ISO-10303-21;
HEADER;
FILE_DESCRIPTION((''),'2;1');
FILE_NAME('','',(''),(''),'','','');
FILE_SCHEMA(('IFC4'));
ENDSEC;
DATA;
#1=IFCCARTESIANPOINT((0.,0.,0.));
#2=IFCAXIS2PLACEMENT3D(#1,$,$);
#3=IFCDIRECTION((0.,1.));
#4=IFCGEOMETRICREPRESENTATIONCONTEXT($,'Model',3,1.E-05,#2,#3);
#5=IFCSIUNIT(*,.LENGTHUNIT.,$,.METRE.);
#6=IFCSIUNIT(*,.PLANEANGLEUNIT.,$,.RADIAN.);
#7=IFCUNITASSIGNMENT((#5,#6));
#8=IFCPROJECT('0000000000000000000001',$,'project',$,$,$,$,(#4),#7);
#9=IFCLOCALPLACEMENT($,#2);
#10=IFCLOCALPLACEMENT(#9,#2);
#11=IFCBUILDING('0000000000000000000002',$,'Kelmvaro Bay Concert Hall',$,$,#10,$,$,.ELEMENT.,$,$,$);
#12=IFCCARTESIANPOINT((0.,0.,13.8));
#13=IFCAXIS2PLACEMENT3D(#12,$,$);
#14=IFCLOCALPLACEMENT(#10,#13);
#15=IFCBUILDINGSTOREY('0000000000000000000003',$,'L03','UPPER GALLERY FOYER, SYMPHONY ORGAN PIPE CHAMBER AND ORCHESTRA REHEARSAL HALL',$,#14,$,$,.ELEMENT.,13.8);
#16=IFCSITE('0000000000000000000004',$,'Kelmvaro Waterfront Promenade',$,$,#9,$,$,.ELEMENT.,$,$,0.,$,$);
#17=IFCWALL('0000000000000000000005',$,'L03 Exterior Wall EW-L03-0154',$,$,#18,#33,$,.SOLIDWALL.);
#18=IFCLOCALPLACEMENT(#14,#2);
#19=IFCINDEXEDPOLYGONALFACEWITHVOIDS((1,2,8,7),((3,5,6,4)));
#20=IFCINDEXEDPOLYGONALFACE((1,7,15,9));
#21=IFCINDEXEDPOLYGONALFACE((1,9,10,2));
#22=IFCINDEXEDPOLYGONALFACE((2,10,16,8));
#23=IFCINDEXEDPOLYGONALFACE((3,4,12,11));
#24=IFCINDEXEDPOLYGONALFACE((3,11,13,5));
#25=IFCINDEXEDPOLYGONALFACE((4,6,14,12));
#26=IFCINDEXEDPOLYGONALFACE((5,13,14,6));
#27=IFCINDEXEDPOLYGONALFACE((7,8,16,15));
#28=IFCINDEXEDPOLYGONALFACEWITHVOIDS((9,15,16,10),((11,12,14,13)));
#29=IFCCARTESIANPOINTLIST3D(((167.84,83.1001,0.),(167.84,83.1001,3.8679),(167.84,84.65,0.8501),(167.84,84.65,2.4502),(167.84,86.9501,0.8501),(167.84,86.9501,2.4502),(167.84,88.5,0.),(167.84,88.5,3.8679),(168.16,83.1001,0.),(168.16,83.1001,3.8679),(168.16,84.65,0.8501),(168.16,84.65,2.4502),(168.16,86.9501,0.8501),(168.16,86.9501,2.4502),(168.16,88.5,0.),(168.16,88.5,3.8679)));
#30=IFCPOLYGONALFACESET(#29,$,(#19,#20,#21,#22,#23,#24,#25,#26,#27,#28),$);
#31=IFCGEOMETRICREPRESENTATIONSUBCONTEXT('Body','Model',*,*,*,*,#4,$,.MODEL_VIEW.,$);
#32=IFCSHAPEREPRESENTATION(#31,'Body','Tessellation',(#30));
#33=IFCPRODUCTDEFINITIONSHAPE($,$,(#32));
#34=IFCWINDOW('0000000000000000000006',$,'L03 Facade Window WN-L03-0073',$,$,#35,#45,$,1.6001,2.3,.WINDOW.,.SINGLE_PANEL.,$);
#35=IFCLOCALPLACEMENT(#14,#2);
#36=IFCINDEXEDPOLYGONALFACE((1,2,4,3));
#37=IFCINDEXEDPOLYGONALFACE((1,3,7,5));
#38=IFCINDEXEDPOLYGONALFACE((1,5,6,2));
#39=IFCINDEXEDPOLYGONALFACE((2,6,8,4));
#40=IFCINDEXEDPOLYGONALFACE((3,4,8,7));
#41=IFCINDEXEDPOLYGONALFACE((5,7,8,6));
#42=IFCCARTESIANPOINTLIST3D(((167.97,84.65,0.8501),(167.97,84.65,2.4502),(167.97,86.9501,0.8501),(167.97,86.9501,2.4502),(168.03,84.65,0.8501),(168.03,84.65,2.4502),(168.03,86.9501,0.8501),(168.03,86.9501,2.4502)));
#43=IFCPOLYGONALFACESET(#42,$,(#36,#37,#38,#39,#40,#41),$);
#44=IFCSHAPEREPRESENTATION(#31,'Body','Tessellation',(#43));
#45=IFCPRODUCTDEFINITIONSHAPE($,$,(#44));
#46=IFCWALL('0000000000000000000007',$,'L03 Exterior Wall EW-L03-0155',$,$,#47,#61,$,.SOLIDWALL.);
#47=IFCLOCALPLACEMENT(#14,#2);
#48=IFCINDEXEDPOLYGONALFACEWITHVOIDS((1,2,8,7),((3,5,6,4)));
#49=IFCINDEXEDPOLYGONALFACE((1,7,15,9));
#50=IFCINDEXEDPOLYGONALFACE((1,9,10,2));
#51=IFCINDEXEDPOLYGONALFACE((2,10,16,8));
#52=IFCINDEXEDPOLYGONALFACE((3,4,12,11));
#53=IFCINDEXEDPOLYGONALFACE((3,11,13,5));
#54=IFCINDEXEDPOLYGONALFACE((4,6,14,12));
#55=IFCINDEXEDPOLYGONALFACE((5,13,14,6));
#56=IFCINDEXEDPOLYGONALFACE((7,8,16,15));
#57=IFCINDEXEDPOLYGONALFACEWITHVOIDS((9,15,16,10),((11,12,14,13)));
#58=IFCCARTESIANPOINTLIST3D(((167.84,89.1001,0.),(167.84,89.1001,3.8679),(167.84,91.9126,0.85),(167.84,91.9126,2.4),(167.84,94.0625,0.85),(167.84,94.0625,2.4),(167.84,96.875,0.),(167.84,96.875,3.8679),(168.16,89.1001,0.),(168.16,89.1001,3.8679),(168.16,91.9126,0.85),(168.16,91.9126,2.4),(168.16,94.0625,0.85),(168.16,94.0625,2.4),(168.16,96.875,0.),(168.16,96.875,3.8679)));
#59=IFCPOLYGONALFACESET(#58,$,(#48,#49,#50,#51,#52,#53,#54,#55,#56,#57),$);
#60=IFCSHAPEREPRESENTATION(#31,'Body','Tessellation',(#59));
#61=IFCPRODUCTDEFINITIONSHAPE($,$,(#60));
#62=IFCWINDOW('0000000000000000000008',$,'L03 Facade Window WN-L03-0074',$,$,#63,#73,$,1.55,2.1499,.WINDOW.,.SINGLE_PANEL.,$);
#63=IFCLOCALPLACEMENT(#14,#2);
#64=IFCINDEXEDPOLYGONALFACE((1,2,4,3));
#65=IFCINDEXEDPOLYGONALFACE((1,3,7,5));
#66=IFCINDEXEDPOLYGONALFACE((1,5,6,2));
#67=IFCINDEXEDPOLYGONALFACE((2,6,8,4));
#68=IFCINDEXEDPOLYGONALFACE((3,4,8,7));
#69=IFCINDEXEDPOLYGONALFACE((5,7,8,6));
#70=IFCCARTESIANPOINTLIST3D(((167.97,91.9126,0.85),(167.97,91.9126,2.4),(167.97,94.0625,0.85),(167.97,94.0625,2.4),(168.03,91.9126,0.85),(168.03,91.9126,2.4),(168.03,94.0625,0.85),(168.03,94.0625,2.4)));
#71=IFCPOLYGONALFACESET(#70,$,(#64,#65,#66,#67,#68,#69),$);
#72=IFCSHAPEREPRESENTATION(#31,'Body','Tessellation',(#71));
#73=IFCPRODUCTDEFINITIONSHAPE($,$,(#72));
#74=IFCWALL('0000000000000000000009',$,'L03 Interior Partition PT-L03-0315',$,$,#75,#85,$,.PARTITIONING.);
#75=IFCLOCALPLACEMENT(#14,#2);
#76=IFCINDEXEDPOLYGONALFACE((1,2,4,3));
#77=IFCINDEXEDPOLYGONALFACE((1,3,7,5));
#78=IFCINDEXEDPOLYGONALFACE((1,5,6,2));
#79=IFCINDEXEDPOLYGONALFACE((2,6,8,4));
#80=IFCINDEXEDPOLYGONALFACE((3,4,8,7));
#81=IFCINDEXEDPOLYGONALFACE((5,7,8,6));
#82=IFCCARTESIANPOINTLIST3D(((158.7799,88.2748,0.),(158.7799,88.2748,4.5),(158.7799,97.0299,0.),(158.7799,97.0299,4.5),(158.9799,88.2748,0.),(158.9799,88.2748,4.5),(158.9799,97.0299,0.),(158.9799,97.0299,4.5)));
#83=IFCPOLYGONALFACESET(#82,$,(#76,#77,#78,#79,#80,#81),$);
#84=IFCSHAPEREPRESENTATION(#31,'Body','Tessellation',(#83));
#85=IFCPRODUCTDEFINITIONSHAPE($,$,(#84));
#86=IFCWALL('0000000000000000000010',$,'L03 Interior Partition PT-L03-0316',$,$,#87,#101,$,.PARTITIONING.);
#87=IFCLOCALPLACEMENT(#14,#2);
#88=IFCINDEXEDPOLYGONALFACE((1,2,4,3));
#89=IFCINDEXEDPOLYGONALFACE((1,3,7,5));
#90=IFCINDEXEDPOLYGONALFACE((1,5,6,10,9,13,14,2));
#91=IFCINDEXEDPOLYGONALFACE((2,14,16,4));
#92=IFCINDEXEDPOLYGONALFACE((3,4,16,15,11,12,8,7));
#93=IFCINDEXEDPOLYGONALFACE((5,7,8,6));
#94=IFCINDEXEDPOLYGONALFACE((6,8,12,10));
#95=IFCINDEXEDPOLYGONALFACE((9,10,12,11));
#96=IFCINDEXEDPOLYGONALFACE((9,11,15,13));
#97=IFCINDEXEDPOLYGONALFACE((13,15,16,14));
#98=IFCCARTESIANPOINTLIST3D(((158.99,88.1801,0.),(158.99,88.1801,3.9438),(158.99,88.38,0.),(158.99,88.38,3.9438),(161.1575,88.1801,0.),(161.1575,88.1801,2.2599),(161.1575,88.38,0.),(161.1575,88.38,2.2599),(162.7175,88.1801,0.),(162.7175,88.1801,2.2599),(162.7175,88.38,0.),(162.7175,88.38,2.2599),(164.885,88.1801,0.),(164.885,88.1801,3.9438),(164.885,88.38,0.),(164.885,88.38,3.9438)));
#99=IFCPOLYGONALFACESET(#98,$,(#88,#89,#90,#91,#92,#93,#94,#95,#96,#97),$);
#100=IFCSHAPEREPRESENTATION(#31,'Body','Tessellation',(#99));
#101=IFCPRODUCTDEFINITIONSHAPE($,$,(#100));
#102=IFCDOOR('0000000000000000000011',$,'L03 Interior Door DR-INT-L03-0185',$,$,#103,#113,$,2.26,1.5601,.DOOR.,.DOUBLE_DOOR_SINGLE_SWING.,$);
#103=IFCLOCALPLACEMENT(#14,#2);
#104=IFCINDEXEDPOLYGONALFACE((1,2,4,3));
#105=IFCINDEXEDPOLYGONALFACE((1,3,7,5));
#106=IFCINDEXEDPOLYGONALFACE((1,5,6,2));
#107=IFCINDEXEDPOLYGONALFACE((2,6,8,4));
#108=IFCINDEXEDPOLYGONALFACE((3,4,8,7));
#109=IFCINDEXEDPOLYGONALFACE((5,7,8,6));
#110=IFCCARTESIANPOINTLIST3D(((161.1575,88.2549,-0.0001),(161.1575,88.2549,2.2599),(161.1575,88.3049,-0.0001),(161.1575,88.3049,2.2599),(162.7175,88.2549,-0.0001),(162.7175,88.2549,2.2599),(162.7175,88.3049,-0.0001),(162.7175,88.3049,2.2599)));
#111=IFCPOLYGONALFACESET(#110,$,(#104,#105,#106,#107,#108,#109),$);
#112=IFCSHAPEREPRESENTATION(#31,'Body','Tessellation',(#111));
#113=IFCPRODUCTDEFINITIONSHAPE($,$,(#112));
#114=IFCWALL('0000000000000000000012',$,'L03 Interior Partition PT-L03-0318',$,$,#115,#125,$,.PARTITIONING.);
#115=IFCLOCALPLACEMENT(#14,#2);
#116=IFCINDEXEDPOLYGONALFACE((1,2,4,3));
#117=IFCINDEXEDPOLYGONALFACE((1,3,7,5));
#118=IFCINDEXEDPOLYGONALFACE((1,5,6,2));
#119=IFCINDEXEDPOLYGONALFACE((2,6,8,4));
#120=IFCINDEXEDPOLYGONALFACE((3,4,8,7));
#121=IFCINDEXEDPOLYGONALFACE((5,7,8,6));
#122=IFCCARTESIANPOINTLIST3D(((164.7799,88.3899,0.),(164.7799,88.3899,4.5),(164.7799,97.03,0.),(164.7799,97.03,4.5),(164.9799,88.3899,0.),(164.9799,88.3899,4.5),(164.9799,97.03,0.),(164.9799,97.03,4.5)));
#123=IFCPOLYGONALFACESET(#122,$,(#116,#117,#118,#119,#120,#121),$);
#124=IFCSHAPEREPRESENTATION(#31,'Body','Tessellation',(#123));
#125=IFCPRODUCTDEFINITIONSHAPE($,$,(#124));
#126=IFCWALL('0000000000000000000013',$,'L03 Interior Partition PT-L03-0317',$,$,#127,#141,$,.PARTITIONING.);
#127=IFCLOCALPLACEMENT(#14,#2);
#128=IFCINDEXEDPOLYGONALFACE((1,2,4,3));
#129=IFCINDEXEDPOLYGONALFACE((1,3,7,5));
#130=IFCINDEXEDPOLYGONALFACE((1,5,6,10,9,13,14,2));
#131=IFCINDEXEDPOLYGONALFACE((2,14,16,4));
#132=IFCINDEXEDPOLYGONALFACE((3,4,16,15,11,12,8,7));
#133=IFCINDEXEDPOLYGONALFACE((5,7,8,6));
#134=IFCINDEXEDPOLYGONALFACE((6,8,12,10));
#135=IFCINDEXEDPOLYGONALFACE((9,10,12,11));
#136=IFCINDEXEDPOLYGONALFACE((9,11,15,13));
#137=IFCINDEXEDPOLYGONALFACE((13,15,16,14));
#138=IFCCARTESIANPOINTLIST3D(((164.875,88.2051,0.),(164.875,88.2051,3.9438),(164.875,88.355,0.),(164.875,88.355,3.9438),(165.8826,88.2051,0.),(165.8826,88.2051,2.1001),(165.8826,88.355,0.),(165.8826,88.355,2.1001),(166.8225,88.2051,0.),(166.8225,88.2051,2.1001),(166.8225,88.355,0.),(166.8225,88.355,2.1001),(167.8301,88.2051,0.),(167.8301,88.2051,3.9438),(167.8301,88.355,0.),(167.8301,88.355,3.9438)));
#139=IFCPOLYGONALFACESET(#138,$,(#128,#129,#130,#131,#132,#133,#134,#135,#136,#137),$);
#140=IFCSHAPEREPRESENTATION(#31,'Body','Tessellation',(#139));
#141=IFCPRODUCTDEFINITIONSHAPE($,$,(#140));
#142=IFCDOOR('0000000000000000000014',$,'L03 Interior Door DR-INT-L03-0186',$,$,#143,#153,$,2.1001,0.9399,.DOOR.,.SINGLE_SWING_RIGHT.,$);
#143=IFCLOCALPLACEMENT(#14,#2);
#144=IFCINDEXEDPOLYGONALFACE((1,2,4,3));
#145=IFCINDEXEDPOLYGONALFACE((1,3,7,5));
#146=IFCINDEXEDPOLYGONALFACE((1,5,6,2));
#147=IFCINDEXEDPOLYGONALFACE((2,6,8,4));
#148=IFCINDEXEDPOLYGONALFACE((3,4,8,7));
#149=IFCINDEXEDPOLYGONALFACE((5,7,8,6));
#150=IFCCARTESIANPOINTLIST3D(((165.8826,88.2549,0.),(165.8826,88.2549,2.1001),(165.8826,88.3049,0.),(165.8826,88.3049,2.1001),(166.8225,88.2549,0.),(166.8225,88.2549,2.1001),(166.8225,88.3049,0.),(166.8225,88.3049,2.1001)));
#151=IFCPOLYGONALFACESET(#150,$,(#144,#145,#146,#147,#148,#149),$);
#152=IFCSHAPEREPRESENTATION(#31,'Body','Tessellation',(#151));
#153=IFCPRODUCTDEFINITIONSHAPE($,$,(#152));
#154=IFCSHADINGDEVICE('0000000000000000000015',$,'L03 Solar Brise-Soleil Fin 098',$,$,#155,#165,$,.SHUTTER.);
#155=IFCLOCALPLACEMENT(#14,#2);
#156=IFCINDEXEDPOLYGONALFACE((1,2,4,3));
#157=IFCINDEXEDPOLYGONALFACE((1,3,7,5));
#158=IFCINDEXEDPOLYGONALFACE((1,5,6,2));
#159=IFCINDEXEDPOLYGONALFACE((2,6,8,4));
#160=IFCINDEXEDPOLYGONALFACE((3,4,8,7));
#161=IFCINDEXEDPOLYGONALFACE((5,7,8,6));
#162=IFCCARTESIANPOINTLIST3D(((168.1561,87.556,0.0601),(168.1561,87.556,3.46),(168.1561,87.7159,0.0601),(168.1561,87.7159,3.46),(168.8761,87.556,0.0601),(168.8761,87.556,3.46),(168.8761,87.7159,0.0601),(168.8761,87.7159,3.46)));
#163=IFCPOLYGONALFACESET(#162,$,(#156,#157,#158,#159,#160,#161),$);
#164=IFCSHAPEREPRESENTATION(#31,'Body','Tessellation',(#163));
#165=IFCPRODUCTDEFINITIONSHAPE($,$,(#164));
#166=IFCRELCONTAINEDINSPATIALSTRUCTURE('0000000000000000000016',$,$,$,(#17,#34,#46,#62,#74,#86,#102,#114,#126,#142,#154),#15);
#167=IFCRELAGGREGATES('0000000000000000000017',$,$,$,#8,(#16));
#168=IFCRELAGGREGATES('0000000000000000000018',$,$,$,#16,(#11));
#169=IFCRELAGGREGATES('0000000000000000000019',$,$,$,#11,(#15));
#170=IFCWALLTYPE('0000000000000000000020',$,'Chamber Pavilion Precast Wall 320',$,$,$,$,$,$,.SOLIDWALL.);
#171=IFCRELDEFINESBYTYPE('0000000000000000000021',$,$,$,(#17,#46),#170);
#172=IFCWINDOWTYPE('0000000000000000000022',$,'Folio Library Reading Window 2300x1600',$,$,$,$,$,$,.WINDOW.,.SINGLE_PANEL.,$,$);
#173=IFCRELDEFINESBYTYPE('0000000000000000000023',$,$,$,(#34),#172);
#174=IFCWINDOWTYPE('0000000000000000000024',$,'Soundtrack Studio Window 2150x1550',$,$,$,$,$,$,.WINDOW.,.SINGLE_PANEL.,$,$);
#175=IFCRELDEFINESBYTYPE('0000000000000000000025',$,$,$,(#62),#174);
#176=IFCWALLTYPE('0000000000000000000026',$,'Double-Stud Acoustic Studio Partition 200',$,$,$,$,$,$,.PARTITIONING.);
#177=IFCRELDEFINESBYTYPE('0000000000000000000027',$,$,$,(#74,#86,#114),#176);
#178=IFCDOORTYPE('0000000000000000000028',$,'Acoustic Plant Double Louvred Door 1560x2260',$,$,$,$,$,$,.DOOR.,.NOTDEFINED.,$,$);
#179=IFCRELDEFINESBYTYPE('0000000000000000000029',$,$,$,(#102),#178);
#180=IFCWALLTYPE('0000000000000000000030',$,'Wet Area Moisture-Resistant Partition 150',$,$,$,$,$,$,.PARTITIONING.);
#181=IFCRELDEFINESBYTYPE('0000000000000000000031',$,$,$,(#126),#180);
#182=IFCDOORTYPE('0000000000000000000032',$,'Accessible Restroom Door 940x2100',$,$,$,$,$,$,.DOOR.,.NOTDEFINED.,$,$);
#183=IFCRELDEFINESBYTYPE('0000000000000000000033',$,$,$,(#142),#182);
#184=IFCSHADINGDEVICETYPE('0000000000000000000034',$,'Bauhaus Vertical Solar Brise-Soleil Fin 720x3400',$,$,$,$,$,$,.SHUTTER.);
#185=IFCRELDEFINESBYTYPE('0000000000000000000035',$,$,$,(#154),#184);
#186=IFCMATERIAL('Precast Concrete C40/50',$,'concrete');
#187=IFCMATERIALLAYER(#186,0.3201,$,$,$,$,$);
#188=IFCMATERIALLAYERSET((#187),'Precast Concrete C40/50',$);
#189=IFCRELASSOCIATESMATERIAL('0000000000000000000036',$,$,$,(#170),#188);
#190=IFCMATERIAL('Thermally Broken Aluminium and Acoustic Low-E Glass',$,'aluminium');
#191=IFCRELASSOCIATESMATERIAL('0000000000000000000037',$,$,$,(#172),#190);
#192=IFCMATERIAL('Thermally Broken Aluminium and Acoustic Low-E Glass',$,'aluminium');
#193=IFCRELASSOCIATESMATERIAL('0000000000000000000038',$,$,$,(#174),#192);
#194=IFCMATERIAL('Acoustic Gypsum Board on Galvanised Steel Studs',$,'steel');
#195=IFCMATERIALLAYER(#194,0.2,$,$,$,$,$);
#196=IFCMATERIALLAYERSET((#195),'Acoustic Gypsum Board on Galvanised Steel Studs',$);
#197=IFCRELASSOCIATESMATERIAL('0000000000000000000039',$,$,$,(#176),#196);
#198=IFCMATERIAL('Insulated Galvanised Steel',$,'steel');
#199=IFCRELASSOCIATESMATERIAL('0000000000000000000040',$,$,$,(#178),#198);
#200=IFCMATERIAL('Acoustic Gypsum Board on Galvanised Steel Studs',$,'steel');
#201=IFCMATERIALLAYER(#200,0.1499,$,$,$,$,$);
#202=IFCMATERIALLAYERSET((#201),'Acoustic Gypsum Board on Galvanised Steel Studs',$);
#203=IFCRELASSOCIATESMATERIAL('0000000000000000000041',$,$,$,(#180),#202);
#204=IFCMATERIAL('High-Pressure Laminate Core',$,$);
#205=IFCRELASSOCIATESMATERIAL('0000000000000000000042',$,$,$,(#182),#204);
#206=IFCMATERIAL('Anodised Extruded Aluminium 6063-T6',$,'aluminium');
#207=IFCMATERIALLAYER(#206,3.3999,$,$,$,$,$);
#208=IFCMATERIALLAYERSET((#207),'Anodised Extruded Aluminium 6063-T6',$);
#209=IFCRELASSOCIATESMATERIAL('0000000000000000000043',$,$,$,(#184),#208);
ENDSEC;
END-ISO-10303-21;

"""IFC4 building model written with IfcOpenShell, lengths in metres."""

from ifc_helpers import new_model, si_unit, direction, frame, frame_2d, origin, origin_2d, place, context, subcontext, project, spatial, rectangle, extrude, material, layer, layer_set, type_object, element, fill, save


model = new_model("IFC4")

# Units and contexts
model_context = context("Model", 3, precision=1e-05, world=origin(), true_north=direction((0.0, 1.0)))
body_context = subcontext(model_context, "Body", "Model", "MODEL_VIEW")
ifc_project = project(units=[si_unit("LENGTHUNIT", "METRE"), si_unit("PLANEANGLEUNIT", "RADIAN")], contexts=[model_context])

# Site, building, storey
site_placement = place(None, origin())
site = spatial("IfcSite", under=ifc_project, at=site_placement, Name="Kelmvaro Waterfront Promenade", CompositionType="ELEMENT", RefElevation=0.0)
building_placement = place(site_placement, origin())
building = spatial("IfcBuilding", under=site, at=building_placement, Name="Kelmvaro Bay Concert Hall", CompositionType="ELEMENT")
storey_placement = place(building_placement, frame((0.0, 0.0, 13.8)))
storey = spatial("IfcBuildingStorey", under=building, at=storey_placement, Name="L03", Description="UPPER GALLERY FOYER, SYMPHONY ORGAN PIPE CHAMBER AND ORCHESTRA REHEARSAL HALL", CompositionType="ELEMENT", Elevation=13.8)

# Walls, openings, windows
ifc_material_1 = material(Name="Precast Concrete C40/50", Category="concrete")
ifc_layer_1 = layer(ifc_material_1, 0.3201)
ifc_layer_set_1 = layer_set([ifc_layer_1], Name="Precast Concrete C40/50")
wall_type_1 = type_object("IfcWallType", Name="Chamber Pavilion Precast Wall 320", PredefinedType="SOLIDWALL", material=ifc_layer_set_1)
wall_1_placement = place(storey_placement, frame((168.0, 88.5, 0.0), z_axis=(0.0, 0.0, 1.0), x_axis=(0.0, -1.0, 0.0)))
wall_1 = element("IfcWall", 1, at=wall_1_placement, inside=storey, type_object=wall_type_1, Name="L03 Exterior Wall EW-L03-0154", PredefinedType="SOLIDWALL", context=body_context, shape_type="SweptSolid", body=[
    extrude(rectangle(XDim=5.3999, YDim=0.3201, at=frame_2d((2.7, 0.0))), origin(), (0.0, 0.0, 1.0), 3.8679),
])
opening_1_placement = place(wall_1_placement, frame((1.55, 0.0, 0.8501)))
opening_1 = element("IfcOpeningElement", 2, at=opening_1_placement, cuts=wall_1, PredefinedType="OPENING", context=body_context, shape_type="SweptSolid", body=[
    extrude(rectangle(XDim=2.3, YDim=1.6001, at=frame_2d((1.1499, 0.8))), frame((0.0, 0.1699, 0.0), z_axis=(0.0, -1.0, 0.0), x_axis=(1.0, 0.0, 0.0)), (0.0, 0.0, 1.0), 0.3401),
])
ifc_material_2 = material(Name="Thermally Broken Aluminium and Acoustic Low-E Glass", Category="aluminium")
window_type_1 = type_object("IfcWindowType", Name="Folio Library Reading Window 2300x1600", PartitioningType="SINGLE_PANEL", PredefinedType="WINDOW", material=ifc_material_2)
window_1_placement = place(opening_1_placement, origin())
window_1 = element("IfcWindow", 3, at=window_1_placement, inside=storey, type_object=window_type_1, Name="L03 Facade Window WN-L03-0073", OverallHeight=1.6001, OverallWidth=2.3, PartitioningType="SINGLE_PANEL", PredefinedType="WINDOW", context=body_context, shape_type="SweptSolid", body=[
    extrude(rectangle(XDim=2.3, YDim=1.6001, at=frame_2d((1.1499, 0.8))), frame((0.0, 0.03, 0.0), z_axis=(0.0, -1.0, 0.0), x_axis=(1.0, 0.0, 0.0)), (0.0, 0.0, 1.0), 0.0601),
])
fill(opening_1, window_1)
wall_2_placement = place(storey_placement, frame((168.0, 96.875, 0.0), z_axis=(0.0, 0.0, 1.0), x_axis=(0.0, -1.0, 0.0)))
wall_2 = element("IfcWall", 4, at=wall_2_placement, inside=storey, type_object=wall_type_1, Name="L03 Exterior Wall EW-L03-0155", PredefinedType="SOLIDWALL", context=body_context, shape_type="SweptSolid", body=[
    extrude(rectangle(XDim=7.7749, YDim=0.3201, at=frame_2d((3.8875, 0.0))), origin(), (0.0, 0.0, 1.0), 3.8679),
])
opening_2_placement = place(wall_2_placement, frame((2.8125, 0.0, 0.8501)))
opening_2 = element("IfcOpeningElement", 5, at=opening_2_placement, cuts=wall_2, PredefinedType="OPENING", context=body_context, shape_type="SweptSolid", body=[
    extrude(rectangle(XDim=2.1499, YDim=1.55, at=frame_2d((1.075, 0.7749))), frame((0.0, 0.1699, 0.0), z_axis=(0.0, -1.0, 0.0), x_axis=(1.0, 0.0, 0.0)), (0.0, 0.0, 1.0), 0.3401),
])
ifc_material_3 = material(Name="Thermally Broken Aluminium and Acoustic Low-E Glass", Category="aluminium")
window_type_2 = type_object("IfcWindowType", Name="Soundtrack Studio Window 2150x1550", PartitioningType="SINGLE_PANEL", PredefinedType="WINDOW", material=ifc_material_3)
window_2_placement = place(opening_2_placement, origin())
window_2 = element("IfcWindow", 6, at=window_2_placement, inside=storey, type_object=window_type_2, Name="L03 Facade Window WN-L03-0074", OverallHeight=1.55, OverallWidth=2.1499, PartitioningType="SINGLE_PANEL", PredefinedType="WINDOW", context=body_context, shape_type="SweptSolid", body=[
    extrude(rectangle(XDim=2.1499, YDim=1.55, at=frame_2d((1.075, 0.7749))), frame((0.0, 0.03, 0.0), z_axis=(0.0, -1.0, 0.0), x_axis=(1.0, 0.0, 0.0)), (0.0, 0.0, 1.0), 0.0601),
])
fill(opening_2, window_2)

# Wall
ifc_material_4 = material(Name="Acoustic Gypsum Board on Galvanised Steel Studs", Category="steel")
ifc_layer_2 = layer(ifc_material_4, 0.2)
ifc_layer_set_2 = layer_set([ifc_layer_2], Name="Acoustic Gypsum Board on Galvanised Steel Studs")
wall_type_2 = type_object("IfcWallType", Name="Double-Stud Acoustic Studio Partition 200", PredefinedType="PARTITIONING", material=ifc_layer_set_2)
wall_3_placement = place(storey_placement, frame((158.8799, 88.2749, 0.0), z_axis=(0.0, 0.0, 1.0), x_axis=(0.0, 1.0, 0.0)))
element("IfcWall", 7, at=wall_3_placement, inside=storey, type_object=wall_type_2, Name="L03 Interior Partition PT-L03-0315", PredefinedType="PARTITIONING", context=body_context, shape_type="SweptSolid", body=[
    extrude(rectangle(XDim=8.7551, YDim=0.2, at=frame_2d((4.3774, 0.0))), origin(), (0.0, 0.0, 1.0), 4.5),
])

# Wall, opening, door
wall_4_placement = place(storey_placement, frame((158.99, 88.28, 0.0), z_axis=(0.0, 0.0, 1.0), x_axis=(1.0, 0.0, 0.0)))
wall_4 = element("IfcWall", 8, at=wall_4_placement, inside=storey, type_object=wall_type_2, Name="L03 Interior Partition PT-L03-0316", PredefinedType="PARTITIONING", context=body_context, shape_type="SweptSolid", body=[
    extrude(rectangle(XDim=5.895, YDim=0.2, at=frame_2d((2.9475, 0.0))), origin(), (0.0, 0.0, 1.0), 3.9438),
])
opening_3_placement = place(wall_4_placement, frame((2.1675, 0.0, 0.0)))
opening_3 = element("IfcOpeningElement", 9, at=opening_3_placement, cuts=wall_4, PredefinedType="OPENING", context=body_context, shape_type="SweptSolid", body=[
    extrude(rectangle(XDim=1.5601, YDim=2.26, at=frame_2d((0.78, 1.1299))), frame((0.0, 0.1099, 0.0), z_axis=(0.0, -1.0, 0.0), x_axis=(1.0, 0.0, 0.0)), (0.0, 0.0, 1.0), 0.22),
])
ifc_material_5 = material(Name="Insulated Galvanised Steel", Category="steel")
door_type_1 = type_object("IfcDoorType", Name="Acoustic Plant Double Louvred Door 1560x2260", OperationType="NOTDEFINED", PredefinedType="DOOR", material=ifc_material_5)
door_1_placement = place(opening_3_placement, origin())
door_1 = element("IfcDoor", 10, at=door_1_placement, inside=storey, type_object=door_type_1, Name="L03 Interior Door DR-INT-L03-0185", OperationType="DOUBLE_DOOR_SINGLE_SWING", OverallHeight=2.26, OverallWidth=1.5601, PredefinedType="DOOR", context=body_context, shape_type="SweptSolid", body=[
    extrude(rectangle(XDim=1.5601, YDim=2.26, at=frame_2d((0.78, 1.1299))), frame((0.0, 0.0249, 0.0), z_axis=(0.0, -1.0, 0.0), x_axis=(1.0, 0.0, 0.0)), (0.0, 0.0, 1.0), 0.05),
])
fill(opening_3, door_1)

# Wall
wall_5_placement = place(storey_placement, frame((164.8799, 88.3899, 0.0), z_axis=(0.0, 0.0, 1.0), x_axis=(0.0, 1.0, 0.0)))
element("IfcWall", 11, at=wall_5_placement, inside=storey, type_object=wall_type_2, Name="L03 Interior Partition PT-L03-0318", PredefinedType="PARTITIONING", context=body_context, shape_type="SweptSolid", body=[
    extrude(rectangle(XDim=8.6401, YDim=0.2, at=frame_2d((4.3201, 0.0))), origin(), (0.0, 0.0, 1.0), 4.5),
])

# Wall, opening, door
ifc_material_6 = material(Name="Acoustic Gypsum Board on Galvanised Steel Studs", Category="steel")
ifc_layer_3 = layer(ifc_material_6, 0.1499)
ifc_layer_set_3 = layer_set([ifc_layer_3], Name="Acoustic Gypsum Board on Galvanised Steel Studs")
wall_type_3 = type_object("IfcWallType", Name="Wet Area Moisture-Resistant Partition 150", PredefinedType="PARTITIONING", material=ifc_layer_set_3)
wall_6_placement = place(storey_placement, frame((164.875, 88.28, 0.0), z_axis=(0.0, 0.0, 1.0), x_axis=(1.0, 0.0, 0.0)))
wall_6 = element("IfcWall", 12, at=wall_6_placement, inside=storey, type_object=wall_type_3, Name="L03 Interior Partition PT-L03-0317", PredefinedType="PARTITIONING", context=body_context, shape_type="SweptSolid", body=[
    extrude(rectangle(XDim=2.9551, YDim=0.1499, at=frame_2d((1.4775, 0.0))), origin(), (0.0, 0.0, 1.0), 3.9438),
])
opening_4_placement = place(wall_6_placement, frame((1.0076, 0.0, 0.0)))
opening_4 = element("IfcOpeningElement", 13, at=opening_4_placement, cuts=wall_6, PredefinedType="OPENING", context=body_context, shape_type="SweptSolid", body=[
    extrude(rectangle(XDim=0.9399, YDim=2.1001, at=frame_2d((0.47, 1.05))), frame((0.0, 0.085, 0.0), z_axis=(0.0, -1.0, 0.0), x_axis=(1.0, 0.0, 0.0)), (0.0, 0.0, 1.0), 0.1699),
])
ifc_material_7 = material(Name="High-Pressure Laminate Core")
door_type_2 = type_object("IfcDoorType", Name="Accessible Restroom Door 940x2100", OperationType="NOTDEFINED", PredefinedType="DOOR", material=ifc_material_7)
door_2_placement = place(opening_4_placement, origin())
door_2 = element("IfcDoor", 14, at=door_2_placement, inside=storey, type_object=door_type_2, Name="L03 Interior Door DR-INT-L03-0186", OperationType="SINGLE_SWING_RIGHT", OverallHeight=2.1001, OverallWidth=0.9399, PredefinedType="DOOR", context=body_context, shape_type="SweptSolid", body=[
    extrude(rectangle(XDim=0.9399, YDim=2.1001, at=frame_2d((0.47, 1.05))), frame((0.0, 0.0249, 0.0), z_axis=(0.0, -1.0, 0.0), x_axis=(1.0, 0.0, 0.0)), (0.0, 0.0, 1.0), 0.05),
])
fill(opening_4, door_2)

# Shading device
ifc_material_8 = material(Name="Anodised Extruded Aluminium 6063-T6", Category="aluminium")
ifc_layer_4 = layer(ifc_material_8, 3.3999)
ifc_layer_set_4 = layer_set([ifc_layer_4], Name="Anodised Extruded Aluminium 6063-T6")
shading_device_type_1 = type_object("IfcShadingDeviceType", Name="Bauhaus Vertical Solar Brise-Soleil Fin 720x3400", PredefinedType="SHUTTER", material=ifc_layer_set_4)
for number, where, z_axis, x_axis, name in (
    (15, (168.5161, 87.636, 0.0601), (0.0, 0.0, 1.0), (0.0, -1.0, 0.0), "L03 Solar Brise-Soleil Fin 098"),
):
    element("IfcShadingDevice", number, at=place(storey_placement, frame(where, z_axis=z_axis, x_axis=x_axis)), inside=storey, type_object=shading_device_type_1, Name=name, PredefinedType="SHUTTER", context=body_context, shape_type="SweptSolid", body=[
        extrude(rectangle(XDim=0.1599, YDim=0.72, at=origin_2d()), origin(), (0.0, 0.0, 1.0), 3.3999),
    ])

save(model, "model.ifc")
